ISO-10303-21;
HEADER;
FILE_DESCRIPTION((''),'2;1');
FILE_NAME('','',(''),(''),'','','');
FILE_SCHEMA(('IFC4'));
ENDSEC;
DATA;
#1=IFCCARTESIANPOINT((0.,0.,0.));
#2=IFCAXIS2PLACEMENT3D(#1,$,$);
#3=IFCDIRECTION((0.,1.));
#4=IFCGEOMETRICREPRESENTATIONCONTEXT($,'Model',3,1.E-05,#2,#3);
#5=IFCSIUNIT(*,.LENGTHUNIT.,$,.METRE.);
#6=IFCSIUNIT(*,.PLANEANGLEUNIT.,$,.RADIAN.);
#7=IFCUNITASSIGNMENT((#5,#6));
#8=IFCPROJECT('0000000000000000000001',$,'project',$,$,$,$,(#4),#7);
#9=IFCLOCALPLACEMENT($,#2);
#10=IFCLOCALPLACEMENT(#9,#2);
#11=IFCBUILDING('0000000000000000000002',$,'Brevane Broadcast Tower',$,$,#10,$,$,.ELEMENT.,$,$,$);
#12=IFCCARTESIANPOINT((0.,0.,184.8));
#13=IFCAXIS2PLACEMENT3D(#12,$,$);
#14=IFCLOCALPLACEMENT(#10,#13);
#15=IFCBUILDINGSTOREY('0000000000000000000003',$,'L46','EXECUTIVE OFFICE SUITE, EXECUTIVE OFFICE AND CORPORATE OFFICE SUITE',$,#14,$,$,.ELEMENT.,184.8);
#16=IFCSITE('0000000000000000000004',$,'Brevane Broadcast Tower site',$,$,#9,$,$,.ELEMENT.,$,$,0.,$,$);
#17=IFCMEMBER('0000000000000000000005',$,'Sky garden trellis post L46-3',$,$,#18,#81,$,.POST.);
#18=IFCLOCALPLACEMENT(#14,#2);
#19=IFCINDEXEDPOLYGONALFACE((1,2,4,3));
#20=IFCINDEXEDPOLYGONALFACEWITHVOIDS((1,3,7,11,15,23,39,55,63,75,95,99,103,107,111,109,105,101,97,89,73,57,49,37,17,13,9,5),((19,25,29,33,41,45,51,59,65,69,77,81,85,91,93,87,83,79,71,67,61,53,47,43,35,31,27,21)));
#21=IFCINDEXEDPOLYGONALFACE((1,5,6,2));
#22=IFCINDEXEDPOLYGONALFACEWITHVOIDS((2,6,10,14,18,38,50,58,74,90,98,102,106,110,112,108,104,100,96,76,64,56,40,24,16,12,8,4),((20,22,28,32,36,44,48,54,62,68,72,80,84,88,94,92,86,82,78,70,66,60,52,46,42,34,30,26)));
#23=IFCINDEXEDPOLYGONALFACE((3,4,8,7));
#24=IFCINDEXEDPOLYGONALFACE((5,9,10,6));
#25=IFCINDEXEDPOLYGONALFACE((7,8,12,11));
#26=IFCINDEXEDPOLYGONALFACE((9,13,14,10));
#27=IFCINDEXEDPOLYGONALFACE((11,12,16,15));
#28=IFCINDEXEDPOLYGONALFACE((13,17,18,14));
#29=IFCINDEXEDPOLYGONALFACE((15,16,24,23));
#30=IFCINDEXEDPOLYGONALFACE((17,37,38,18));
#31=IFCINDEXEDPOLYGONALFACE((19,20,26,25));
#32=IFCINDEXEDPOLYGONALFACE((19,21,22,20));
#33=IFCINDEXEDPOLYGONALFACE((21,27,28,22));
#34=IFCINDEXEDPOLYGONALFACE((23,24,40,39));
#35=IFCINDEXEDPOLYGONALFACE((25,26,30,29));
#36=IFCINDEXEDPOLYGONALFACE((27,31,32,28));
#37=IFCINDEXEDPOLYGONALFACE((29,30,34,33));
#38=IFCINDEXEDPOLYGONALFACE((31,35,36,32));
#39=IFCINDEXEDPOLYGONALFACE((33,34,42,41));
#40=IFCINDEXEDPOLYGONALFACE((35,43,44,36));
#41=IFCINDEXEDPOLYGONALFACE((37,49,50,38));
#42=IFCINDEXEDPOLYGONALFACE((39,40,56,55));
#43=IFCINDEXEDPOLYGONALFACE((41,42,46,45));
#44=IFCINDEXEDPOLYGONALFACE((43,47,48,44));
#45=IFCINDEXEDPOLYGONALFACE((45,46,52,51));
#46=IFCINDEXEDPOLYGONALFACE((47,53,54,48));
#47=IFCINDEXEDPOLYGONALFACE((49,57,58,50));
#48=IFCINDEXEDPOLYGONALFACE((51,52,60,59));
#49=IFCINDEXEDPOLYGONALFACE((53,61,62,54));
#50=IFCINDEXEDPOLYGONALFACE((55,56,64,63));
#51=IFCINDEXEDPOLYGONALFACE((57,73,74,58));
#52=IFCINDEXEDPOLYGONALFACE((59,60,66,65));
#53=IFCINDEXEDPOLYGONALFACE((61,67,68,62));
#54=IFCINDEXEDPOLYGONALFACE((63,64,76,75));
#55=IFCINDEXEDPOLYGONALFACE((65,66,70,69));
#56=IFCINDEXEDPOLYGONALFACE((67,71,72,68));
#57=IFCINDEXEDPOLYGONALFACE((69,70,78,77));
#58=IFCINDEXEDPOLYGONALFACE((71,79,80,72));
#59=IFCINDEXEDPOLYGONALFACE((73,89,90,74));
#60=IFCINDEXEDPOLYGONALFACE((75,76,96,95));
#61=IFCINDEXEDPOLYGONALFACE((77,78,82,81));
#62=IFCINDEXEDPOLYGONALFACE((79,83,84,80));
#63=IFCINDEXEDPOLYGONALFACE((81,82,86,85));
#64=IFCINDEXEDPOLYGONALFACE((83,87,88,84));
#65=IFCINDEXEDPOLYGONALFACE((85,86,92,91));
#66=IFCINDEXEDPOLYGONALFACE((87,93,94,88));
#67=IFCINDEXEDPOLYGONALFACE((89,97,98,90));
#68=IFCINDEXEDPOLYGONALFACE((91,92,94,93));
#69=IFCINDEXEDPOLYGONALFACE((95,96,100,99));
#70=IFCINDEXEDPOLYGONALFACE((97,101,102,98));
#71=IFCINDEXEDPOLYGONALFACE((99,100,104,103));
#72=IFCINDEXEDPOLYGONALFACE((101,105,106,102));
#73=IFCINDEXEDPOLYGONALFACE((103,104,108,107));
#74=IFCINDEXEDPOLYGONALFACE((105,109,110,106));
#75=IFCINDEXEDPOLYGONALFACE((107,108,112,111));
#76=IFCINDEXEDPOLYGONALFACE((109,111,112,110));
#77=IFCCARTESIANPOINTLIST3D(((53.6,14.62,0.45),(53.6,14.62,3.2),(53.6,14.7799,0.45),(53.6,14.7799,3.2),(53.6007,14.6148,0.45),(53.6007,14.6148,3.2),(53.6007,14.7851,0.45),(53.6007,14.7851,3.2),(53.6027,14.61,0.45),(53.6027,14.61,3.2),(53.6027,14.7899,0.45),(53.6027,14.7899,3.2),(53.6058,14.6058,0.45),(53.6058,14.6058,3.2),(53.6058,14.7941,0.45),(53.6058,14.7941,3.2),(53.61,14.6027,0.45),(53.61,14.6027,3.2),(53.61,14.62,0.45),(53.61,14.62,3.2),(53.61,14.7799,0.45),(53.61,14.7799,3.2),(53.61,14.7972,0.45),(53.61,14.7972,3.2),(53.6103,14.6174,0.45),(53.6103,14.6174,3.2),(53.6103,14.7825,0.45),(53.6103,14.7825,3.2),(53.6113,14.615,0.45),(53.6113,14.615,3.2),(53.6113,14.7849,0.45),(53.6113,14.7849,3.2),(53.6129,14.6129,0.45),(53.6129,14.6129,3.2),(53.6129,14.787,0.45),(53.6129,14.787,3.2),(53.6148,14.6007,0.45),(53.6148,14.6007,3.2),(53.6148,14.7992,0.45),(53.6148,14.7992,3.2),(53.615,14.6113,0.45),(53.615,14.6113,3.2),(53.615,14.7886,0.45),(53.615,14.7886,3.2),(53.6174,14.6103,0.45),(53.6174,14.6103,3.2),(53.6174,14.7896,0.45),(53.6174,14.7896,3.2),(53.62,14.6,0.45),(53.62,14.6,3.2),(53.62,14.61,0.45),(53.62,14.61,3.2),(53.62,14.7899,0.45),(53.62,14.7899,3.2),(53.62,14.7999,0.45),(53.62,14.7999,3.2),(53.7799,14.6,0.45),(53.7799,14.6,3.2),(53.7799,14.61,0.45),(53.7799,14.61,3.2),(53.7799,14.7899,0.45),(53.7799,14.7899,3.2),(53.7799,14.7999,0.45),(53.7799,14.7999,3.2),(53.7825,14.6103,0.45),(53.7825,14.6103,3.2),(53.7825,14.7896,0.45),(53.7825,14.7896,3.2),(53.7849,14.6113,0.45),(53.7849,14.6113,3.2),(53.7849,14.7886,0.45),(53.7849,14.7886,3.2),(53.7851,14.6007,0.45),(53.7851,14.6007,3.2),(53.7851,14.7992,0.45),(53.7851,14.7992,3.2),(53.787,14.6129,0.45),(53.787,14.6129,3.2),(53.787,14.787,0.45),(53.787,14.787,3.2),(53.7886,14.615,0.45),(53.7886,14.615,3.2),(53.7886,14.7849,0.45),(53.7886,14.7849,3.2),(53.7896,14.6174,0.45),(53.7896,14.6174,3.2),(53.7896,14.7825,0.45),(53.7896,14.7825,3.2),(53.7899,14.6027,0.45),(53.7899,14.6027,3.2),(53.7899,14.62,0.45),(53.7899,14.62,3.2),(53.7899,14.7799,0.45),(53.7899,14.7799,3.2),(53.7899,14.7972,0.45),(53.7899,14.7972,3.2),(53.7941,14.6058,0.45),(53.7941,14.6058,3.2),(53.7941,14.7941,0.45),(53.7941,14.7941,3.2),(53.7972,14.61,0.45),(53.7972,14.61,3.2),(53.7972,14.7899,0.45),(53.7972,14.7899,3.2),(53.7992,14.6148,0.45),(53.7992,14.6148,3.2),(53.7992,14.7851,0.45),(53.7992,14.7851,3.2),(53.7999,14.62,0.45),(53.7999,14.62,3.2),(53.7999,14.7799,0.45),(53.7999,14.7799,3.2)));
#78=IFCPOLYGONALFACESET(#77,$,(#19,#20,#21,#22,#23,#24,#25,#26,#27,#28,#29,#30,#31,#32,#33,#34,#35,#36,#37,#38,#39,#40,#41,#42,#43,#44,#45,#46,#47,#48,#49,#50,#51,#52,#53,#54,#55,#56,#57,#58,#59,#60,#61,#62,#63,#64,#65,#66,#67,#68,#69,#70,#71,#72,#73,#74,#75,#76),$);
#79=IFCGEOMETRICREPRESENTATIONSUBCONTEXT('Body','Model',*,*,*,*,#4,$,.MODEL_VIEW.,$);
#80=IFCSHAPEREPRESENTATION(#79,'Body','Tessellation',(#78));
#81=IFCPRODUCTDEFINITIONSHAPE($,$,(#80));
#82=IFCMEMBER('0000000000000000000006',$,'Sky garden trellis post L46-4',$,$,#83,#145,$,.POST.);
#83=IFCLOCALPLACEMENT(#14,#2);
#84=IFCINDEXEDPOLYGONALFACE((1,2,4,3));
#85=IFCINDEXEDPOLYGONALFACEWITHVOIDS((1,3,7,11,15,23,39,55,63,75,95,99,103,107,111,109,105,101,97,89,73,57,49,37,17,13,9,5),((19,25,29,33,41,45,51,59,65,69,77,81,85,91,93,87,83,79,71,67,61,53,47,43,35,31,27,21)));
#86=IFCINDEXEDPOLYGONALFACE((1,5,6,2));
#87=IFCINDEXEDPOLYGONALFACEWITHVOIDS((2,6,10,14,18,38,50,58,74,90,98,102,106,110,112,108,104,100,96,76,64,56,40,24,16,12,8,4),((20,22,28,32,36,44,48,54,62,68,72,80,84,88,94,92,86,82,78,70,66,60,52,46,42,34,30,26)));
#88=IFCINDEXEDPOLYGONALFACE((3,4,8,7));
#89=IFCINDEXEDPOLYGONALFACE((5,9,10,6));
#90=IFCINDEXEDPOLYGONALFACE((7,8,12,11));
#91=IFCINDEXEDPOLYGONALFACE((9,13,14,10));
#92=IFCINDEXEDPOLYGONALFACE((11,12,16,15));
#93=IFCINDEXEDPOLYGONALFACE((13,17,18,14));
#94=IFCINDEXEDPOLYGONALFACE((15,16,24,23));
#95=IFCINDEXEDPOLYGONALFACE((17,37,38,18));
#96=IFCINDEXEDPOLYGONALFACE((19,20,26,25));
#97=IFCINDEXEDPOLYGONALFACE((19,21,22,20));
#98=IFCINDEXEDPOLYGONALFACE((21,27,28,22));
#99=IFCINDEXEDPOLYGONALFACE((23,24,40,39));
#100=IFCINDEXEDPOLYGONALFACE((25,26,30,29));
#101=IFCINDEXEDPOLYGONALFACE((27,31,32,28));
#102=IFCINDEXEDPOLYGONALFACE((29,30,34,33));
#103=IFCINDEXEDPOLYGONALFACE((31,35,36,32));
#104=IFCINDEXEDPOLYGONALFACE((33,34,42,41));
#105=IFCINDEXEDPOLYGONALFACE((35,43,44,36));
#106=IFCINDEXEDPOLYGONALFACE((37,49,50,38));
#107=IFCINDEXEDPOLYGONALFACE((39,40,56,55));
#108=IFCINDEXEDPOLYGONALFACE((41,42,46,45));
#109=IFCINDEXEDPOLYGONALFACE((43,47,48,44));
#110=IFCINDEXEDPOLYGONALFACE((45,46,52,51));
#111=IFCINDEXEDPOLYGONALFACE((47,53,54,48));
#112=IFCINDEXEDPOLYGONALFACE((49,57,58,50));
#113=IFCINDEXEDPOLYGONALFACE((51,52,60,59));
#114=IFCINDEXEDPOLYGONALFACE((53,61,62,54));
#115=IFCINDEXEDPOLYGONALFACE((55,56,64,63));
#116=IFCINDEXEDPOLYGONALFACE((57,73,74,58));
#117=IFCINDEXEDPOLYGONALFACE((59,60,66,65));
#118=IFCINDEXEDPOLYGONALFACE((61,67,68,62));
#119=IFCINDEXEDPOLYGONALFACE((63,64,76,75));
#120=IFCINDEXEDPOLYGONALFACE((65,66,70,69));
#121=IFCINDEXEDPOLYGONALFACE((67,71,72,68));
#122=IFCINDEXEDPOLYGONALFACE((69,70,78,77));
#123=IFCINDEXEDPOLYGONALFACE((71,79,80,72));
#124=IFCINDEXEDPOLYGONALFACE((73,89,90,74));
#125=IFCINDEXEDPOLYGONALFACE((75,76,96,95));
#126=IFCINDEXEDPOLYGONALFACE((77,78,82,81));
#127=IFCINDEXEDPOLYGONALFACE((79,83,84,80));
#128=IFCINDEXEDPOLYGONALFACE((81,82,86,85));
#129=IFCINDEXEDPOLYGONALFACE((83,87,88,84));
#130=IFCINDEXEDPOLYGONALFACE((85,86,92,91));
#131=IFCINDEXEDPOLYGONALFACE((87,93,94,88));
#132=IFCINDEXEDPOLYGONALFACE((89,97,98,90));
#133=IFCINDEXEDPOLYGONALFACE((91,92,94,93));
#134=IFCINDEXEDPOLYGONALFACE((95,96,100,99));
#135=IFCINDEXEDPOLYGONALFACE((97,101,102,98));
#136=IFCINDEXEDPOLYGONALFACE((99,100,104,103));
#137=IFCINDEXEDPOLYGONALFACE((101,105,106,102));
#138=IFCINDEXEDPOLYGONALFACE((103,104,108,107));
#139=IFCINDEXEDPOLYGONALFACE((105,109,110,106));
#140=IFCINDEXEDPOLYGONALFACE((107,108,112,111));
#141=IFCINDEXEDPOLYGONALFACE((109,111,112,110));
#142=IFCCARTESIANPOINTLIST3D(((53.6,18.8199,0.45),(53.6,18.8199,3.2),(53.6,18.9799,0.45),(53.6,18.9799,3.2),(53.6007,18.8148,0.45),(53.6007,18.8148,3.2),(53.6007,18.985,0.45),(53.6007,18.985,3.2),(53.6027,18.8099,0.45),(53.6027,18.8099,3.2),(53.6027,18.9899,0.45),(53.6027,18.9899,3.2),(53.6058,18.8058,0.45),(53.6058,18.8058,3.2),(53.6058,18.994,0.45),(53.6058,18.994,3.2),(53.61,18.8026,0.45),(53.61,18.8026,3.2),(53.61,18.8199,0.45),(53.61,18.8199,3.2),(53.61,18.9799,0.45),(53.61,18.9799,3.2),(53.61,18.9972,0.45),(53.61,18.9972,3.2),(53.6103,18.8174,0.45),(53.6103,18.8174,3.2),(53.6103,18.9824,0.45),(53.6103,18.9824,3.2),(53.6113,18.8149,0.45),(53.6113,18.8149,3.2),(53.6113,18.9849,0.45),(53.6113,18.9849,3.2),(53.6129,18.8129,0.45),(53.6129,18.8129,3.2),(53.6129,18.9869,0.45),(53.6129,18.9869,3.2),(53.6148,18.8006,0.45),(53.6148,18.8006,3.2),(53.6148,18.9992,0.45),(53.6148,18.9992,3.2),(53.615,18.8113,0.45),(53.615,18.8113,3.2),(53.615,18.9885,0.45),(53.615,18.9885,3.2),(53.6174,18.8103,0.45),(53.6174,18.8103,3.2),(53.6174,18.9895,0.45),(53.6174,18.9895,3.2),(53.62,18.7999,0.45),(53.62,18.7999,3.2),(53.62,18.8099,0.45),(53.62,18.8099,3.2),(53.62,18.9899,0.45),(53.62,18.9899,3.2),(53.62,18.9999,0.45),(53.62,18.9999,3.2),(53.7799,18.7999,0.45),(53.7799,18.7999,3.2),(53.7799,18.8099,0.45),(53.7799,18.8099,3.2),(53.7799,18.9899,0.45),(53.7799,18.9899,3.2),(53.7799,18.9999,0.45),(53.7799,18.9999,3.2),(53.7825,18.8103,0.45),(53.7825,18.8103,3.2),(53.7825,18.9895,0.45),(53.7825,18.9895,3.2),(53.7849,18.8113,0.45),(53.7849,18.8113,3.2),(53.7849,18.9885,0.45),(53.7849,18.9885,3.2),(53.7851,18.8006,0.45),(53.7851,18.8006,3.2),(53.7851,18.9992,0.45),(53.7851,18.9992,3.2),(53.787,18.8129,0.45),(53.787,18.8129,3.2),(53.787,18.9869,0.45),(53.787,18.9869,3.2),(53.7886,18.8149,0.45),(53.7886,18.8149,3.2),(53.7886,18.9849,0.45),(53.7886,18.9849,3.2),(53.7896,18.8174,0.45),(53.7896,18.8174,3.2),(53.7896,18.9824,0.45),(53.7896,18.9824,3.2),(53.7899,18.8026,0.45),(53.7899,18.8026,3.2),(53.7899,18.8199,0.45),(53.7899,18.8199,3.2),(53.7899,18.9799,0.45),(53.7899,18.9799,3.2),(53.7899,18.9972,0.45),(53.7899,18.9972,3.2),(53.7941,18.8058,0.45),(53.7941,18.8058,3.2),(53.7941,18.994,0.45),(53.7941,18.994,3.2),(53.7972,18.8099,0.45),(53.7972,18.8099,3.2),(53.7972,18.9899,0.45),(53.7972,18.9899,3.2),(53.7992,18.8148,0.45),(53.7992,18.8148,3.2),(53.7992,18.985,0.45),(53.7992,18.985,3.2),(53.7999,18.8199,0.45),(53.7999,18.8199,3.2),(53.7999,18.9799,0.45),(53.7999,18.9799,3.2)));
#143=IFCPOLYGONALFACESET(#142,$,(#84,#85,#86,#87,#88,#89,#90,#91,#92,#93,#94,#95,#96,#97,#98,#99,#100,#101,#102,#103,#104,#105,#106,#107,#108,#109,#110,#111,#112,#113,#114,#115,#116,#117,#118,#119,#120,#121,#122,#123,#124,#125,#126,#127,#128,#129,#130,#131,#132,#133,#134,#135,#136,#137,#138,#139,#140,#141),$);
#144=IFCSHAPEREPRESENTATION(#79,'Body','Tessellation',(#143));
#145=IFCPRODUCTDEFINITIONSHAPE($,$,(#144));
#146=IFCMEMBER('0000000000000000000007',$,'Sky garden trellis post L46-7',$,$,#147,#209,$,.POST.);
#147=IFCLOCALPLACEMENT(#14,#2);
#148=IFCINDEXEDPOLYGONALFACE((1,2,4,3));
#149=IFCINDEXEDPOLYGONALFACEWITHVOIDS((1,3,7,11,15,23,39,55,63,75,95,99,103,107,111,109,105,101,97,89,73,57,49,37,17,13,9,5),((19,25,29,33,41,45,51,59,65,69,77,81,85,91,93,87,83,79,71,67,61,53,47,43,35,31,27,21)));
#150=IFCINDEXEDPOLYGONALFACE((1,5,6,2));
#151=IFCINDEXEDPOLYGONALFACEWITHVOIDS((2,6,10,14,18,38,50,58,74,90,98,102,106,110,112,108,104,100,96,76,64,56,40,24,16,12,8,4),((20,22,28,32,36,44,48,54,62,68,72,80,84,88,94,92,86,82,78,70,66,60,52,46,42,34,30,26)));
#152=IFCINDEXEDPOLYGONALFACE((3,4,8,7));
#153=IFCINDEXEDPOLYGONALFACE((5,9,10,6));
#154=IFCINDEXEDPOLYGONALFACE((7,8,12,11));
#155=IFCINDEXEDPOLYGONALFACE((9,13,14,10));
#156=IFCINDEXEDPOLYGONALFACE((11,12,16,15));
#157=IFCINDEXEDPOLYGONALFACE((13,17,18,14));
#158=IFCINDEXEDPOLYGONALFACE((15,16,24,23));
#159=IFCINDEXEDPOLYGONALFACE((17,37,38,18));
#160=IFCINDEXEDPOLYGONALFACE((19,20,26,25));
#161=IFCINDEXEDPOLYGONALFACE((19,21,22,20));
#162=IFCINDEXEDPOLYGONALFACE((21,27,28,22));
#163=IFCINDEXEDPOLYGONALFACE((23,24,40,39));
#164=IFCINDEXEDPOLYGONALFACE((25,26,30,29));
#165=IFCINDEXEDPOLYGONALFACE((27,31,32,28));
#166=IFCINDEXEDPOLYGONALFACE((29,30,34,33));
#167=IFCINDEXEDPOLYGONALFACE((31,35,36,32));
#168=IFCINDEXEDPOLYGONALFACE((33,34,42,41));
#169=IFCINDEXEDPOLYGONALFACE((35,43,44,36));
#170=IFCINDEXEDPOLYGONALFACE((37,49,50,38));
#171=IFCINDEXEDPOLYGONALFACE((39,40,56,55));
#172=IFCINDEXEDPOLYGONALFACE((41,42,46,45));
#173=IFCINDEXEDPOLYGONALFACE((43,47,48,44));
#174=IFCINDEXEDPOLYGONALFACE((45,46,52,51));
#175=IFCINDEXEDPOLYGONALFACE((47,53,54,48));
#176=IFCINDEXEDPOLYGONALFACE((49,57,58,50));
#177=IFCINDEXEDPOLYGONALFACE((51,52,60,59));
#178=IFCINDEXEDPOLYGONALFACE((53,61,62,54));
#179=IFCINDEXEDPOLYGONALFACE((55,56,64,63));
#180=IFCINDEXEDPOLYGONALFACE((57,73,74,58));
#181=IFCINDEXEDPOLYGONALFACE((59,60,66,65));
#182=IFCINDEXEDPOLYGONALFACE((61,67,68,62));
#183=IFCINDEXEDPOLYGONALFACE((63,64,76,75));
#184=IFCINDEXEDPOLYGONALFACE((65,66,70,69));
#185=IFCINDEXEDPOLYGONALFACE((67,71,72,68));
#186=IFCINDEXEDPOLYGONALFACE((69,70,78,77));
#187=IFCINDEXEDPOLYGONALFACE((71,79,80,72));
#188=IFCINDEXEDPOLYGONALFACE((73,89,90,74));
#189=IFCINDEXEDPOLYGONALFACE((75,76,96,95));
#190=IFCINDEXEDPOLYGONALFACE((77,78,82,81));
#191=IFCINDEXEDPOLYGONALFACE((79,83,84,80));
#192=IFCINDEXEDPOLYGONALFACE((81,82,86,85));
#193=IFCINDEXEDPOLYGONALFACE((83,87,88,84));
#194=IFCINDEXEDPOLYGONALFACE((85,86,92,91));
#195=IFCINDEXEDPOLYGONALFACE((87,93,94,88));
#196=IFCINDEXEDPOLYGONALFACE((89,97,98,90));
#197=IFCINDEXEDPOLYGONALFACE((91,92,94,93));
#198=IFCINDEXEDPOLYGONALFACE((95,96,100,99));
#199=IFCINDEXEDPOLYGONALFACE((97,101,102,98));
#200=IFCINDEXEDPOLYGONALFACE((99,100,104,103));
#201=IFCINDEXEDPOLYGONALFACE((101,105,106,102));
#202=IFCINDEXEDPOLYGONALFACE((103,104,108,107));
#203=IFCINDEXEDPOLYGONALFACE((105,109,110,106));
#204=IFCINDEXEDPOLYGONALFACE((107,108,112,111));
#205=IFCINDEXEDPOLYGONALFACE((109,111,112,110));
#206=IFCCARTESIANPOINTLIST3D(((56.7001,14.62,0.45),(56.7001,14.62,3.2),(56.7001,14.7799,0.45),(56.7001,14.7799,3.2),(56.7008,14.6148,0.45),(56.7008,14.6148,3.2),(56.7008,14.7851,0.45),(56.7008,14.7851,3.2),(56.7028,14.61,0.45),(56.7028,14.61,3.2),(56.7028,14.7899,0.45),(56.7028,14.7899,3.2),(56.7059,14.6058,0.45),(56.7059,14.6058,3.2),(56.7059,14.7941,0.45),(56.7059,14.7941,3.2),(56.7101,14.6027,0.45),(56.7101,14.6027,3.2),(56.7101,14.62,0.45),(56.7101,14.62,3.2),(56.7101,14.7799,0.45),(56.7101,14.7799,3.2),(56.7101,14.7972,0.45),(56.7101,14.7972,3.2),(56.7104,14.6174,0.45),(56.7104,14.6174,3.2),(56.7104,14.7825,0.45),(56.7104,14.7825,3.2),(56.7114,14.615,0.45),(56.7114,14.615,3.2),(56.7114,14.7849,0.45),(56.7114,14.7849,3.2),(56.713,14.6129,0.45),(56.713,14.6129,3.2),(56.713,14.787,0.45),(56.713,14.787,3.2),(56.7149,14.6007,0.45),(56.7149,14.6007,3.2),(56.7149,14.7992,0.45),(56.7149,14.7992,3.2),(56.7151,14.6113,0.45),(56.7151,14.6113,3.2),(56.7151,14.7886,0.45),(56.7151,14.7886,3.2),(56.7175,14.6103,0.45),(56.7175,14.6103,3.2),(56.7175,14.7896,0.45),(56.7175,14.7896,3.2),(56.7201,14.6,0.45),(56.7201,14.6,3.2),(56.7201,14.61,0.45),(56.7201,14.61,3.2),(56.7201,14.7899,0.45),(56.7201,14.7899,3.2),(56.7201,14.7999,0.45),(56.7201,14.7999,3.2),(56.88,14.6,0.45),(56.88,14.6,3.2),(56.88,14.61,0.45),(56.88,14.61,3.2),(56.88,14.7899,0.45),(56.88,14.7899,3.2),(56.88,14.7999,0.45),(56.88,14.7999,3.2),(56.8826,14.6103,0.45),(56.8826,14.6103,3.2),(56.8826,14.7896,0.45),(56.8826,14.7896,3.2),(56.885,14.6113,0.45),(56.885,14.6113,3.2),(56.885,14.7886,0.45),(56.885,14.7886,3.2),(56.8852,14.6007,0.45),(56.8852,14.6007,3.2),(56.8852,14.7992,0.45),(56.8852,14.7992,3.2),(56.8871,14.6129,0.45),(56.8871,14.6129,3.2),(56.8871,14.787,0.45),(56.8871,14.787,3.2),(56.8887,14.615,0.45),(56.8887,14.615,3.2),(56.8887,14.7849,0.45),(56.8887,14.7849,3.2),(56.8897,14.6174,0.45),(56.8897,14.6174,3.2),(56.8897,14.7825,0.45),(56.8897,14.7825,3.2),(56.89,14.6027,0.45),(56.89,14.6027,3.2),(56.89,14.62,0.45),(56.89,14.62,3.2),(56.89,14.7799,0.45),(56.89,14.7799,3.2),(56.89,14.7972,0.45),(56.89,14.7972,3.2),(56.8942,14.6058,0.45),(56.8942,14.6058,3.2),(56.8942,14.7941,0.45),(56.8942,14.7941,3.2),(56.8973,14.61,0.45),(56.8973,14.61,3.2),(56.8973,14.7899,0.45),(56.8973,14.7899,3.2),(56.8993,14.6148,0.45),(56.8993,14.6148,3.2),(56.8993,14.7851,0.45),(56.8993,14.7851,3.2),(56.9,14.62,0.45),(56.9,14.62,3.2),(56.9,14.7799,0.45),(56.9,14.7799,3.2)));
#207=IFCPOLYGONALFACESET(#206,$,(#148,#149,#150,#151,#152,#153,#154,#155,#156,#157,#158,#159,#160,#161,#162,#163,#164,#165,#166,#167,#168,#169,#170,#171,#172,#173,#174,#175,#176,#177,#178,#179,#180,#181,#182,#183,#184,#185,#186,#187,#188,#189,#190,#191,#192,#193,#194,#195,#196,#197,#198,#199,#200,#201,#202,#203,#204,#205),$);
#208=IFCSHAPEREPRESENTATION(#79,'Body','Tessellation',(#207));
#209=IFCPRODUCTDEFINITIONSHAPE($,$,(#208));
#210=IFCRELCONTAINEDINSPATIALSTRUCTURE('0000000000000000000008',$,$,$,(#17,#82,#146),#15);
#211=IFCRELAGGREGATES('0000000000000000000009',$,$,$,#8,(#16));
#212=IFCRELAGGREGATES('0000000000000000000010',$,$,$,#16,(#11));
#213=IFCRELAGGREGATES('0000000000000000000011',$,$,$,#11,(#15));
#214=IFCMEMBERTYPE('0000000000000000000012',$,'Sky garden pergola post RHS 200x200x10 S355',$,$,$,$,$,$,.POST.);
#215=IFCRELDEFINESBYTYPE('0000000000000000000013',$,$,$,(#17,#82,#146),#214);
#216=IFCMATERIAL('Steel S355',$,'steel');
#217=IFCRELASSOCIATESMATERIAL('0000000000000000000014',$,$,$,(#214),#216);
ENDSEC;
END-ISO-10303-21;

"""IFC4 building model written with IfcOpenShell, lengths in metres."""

from ifc_helpers import new_model, si_unit, direction, frame, origin, origin_2d, place, context, subcontext, project, spatial, hollow_rectangle, extrude, material, material_profile, profile_set, type_object, element, save


model = new_model("IFC4")

# Units and contexts
model_context = context("Model", 3, precision=1e-05, world=origin(), true_north=direction((0.0, 1.0)))
body_context = subcontext(model_context, "Body", "Model", "MODEL_VIEW")
ifc_project = project(units=[si_unit("LENGTHUNIT", "METRE"), si_unit("PLANEANGLEUNIT", "RADIAN")], contexts=[model_context])

# Site, building, storey
site_placement = place(None, origin())
site = spatial("IfcSite", under=ifc_project, at=site_placement, Name="Brevane Broadcast Tower site", CompositionType="ELEMENT", RefElevation=0.0)
building_placement = place(site_placement, origin())
building = spatial("IfcBuilding", under=site, at=building_placement, Name="Brevane Broadcast Tower", CompositionType="ELEMENT")
storey_placement = place(building_placement, frame((0.0, 0.0, 184.8)))
storey = spatial("IfcBuildingStorey", under=building, at=storey_placement, Name="L46", Description="EXECUTIVE OFFICE SUITE, EXECUTIVE OFFICE AND CORPORATE OFFICE SUITE", CompositionType="ELEMENT", Elevation=184.8)

# Members
ifc_material_1 = material(Name="Steel S355", Category="steel")
ifc_material_profile_1 = material_profile(ifc_material_1, hollow_rectangle(XDim=0.2, YDim=0.2, WallThickness=0.01, InnerFilletRadius=0.01, OuterFilletRadius=0.02, at=origin_2d()), Name="RHS 200x200x10")
ifc_profile_set_1 = profile_set([ifc_material_profile_1], Name="Steel S355")
member_type_1 = type_object("IfcMemberType", Name="Sky garden pergola post RHS 200x200x10 S355", PredefinedType="POST", material=ifc_profile_set_1)
for number, where, z_axis, x_axis, name in (
    (1, (53.7, 14.7, 0.45), (0.0, 0.0, 1.0), (1.0, 0.0, 0.0), "Sky garden trellis post L46-3"),
    (2, (53.7, 18.8999, 0.45), (0.0, 0.0, 1.0), (1.0, 0.0, 0.0), "Sky garden trellis post L46-4"),
    (3, (56.8, 14.7, 0.45), (0.0, 0.0, 1.0), (1.0, 0.0, 0.0), "Sky garden trellis post L46-7"),
):
    element("IfcMember", number, at=place(storey_placement, frame(where, z_axis=z_axis, x_axis=x_axis)), inside=storey, type_object=member_type_1, Name=name, PredefinedType="POST", context=body_context, shape_type="SweptSolid", body=[
        extrude(hollow_rectangle(XDim=0.2, YDim=0.2, WallThickness=0.01, InnerFilletRadius=0.01, OuterFilletRadius=0.02, at=origin_2d()), origin(), (0.0, 0.0, 1.0), 2.75),
    ])

save(model, "model.ifc")
